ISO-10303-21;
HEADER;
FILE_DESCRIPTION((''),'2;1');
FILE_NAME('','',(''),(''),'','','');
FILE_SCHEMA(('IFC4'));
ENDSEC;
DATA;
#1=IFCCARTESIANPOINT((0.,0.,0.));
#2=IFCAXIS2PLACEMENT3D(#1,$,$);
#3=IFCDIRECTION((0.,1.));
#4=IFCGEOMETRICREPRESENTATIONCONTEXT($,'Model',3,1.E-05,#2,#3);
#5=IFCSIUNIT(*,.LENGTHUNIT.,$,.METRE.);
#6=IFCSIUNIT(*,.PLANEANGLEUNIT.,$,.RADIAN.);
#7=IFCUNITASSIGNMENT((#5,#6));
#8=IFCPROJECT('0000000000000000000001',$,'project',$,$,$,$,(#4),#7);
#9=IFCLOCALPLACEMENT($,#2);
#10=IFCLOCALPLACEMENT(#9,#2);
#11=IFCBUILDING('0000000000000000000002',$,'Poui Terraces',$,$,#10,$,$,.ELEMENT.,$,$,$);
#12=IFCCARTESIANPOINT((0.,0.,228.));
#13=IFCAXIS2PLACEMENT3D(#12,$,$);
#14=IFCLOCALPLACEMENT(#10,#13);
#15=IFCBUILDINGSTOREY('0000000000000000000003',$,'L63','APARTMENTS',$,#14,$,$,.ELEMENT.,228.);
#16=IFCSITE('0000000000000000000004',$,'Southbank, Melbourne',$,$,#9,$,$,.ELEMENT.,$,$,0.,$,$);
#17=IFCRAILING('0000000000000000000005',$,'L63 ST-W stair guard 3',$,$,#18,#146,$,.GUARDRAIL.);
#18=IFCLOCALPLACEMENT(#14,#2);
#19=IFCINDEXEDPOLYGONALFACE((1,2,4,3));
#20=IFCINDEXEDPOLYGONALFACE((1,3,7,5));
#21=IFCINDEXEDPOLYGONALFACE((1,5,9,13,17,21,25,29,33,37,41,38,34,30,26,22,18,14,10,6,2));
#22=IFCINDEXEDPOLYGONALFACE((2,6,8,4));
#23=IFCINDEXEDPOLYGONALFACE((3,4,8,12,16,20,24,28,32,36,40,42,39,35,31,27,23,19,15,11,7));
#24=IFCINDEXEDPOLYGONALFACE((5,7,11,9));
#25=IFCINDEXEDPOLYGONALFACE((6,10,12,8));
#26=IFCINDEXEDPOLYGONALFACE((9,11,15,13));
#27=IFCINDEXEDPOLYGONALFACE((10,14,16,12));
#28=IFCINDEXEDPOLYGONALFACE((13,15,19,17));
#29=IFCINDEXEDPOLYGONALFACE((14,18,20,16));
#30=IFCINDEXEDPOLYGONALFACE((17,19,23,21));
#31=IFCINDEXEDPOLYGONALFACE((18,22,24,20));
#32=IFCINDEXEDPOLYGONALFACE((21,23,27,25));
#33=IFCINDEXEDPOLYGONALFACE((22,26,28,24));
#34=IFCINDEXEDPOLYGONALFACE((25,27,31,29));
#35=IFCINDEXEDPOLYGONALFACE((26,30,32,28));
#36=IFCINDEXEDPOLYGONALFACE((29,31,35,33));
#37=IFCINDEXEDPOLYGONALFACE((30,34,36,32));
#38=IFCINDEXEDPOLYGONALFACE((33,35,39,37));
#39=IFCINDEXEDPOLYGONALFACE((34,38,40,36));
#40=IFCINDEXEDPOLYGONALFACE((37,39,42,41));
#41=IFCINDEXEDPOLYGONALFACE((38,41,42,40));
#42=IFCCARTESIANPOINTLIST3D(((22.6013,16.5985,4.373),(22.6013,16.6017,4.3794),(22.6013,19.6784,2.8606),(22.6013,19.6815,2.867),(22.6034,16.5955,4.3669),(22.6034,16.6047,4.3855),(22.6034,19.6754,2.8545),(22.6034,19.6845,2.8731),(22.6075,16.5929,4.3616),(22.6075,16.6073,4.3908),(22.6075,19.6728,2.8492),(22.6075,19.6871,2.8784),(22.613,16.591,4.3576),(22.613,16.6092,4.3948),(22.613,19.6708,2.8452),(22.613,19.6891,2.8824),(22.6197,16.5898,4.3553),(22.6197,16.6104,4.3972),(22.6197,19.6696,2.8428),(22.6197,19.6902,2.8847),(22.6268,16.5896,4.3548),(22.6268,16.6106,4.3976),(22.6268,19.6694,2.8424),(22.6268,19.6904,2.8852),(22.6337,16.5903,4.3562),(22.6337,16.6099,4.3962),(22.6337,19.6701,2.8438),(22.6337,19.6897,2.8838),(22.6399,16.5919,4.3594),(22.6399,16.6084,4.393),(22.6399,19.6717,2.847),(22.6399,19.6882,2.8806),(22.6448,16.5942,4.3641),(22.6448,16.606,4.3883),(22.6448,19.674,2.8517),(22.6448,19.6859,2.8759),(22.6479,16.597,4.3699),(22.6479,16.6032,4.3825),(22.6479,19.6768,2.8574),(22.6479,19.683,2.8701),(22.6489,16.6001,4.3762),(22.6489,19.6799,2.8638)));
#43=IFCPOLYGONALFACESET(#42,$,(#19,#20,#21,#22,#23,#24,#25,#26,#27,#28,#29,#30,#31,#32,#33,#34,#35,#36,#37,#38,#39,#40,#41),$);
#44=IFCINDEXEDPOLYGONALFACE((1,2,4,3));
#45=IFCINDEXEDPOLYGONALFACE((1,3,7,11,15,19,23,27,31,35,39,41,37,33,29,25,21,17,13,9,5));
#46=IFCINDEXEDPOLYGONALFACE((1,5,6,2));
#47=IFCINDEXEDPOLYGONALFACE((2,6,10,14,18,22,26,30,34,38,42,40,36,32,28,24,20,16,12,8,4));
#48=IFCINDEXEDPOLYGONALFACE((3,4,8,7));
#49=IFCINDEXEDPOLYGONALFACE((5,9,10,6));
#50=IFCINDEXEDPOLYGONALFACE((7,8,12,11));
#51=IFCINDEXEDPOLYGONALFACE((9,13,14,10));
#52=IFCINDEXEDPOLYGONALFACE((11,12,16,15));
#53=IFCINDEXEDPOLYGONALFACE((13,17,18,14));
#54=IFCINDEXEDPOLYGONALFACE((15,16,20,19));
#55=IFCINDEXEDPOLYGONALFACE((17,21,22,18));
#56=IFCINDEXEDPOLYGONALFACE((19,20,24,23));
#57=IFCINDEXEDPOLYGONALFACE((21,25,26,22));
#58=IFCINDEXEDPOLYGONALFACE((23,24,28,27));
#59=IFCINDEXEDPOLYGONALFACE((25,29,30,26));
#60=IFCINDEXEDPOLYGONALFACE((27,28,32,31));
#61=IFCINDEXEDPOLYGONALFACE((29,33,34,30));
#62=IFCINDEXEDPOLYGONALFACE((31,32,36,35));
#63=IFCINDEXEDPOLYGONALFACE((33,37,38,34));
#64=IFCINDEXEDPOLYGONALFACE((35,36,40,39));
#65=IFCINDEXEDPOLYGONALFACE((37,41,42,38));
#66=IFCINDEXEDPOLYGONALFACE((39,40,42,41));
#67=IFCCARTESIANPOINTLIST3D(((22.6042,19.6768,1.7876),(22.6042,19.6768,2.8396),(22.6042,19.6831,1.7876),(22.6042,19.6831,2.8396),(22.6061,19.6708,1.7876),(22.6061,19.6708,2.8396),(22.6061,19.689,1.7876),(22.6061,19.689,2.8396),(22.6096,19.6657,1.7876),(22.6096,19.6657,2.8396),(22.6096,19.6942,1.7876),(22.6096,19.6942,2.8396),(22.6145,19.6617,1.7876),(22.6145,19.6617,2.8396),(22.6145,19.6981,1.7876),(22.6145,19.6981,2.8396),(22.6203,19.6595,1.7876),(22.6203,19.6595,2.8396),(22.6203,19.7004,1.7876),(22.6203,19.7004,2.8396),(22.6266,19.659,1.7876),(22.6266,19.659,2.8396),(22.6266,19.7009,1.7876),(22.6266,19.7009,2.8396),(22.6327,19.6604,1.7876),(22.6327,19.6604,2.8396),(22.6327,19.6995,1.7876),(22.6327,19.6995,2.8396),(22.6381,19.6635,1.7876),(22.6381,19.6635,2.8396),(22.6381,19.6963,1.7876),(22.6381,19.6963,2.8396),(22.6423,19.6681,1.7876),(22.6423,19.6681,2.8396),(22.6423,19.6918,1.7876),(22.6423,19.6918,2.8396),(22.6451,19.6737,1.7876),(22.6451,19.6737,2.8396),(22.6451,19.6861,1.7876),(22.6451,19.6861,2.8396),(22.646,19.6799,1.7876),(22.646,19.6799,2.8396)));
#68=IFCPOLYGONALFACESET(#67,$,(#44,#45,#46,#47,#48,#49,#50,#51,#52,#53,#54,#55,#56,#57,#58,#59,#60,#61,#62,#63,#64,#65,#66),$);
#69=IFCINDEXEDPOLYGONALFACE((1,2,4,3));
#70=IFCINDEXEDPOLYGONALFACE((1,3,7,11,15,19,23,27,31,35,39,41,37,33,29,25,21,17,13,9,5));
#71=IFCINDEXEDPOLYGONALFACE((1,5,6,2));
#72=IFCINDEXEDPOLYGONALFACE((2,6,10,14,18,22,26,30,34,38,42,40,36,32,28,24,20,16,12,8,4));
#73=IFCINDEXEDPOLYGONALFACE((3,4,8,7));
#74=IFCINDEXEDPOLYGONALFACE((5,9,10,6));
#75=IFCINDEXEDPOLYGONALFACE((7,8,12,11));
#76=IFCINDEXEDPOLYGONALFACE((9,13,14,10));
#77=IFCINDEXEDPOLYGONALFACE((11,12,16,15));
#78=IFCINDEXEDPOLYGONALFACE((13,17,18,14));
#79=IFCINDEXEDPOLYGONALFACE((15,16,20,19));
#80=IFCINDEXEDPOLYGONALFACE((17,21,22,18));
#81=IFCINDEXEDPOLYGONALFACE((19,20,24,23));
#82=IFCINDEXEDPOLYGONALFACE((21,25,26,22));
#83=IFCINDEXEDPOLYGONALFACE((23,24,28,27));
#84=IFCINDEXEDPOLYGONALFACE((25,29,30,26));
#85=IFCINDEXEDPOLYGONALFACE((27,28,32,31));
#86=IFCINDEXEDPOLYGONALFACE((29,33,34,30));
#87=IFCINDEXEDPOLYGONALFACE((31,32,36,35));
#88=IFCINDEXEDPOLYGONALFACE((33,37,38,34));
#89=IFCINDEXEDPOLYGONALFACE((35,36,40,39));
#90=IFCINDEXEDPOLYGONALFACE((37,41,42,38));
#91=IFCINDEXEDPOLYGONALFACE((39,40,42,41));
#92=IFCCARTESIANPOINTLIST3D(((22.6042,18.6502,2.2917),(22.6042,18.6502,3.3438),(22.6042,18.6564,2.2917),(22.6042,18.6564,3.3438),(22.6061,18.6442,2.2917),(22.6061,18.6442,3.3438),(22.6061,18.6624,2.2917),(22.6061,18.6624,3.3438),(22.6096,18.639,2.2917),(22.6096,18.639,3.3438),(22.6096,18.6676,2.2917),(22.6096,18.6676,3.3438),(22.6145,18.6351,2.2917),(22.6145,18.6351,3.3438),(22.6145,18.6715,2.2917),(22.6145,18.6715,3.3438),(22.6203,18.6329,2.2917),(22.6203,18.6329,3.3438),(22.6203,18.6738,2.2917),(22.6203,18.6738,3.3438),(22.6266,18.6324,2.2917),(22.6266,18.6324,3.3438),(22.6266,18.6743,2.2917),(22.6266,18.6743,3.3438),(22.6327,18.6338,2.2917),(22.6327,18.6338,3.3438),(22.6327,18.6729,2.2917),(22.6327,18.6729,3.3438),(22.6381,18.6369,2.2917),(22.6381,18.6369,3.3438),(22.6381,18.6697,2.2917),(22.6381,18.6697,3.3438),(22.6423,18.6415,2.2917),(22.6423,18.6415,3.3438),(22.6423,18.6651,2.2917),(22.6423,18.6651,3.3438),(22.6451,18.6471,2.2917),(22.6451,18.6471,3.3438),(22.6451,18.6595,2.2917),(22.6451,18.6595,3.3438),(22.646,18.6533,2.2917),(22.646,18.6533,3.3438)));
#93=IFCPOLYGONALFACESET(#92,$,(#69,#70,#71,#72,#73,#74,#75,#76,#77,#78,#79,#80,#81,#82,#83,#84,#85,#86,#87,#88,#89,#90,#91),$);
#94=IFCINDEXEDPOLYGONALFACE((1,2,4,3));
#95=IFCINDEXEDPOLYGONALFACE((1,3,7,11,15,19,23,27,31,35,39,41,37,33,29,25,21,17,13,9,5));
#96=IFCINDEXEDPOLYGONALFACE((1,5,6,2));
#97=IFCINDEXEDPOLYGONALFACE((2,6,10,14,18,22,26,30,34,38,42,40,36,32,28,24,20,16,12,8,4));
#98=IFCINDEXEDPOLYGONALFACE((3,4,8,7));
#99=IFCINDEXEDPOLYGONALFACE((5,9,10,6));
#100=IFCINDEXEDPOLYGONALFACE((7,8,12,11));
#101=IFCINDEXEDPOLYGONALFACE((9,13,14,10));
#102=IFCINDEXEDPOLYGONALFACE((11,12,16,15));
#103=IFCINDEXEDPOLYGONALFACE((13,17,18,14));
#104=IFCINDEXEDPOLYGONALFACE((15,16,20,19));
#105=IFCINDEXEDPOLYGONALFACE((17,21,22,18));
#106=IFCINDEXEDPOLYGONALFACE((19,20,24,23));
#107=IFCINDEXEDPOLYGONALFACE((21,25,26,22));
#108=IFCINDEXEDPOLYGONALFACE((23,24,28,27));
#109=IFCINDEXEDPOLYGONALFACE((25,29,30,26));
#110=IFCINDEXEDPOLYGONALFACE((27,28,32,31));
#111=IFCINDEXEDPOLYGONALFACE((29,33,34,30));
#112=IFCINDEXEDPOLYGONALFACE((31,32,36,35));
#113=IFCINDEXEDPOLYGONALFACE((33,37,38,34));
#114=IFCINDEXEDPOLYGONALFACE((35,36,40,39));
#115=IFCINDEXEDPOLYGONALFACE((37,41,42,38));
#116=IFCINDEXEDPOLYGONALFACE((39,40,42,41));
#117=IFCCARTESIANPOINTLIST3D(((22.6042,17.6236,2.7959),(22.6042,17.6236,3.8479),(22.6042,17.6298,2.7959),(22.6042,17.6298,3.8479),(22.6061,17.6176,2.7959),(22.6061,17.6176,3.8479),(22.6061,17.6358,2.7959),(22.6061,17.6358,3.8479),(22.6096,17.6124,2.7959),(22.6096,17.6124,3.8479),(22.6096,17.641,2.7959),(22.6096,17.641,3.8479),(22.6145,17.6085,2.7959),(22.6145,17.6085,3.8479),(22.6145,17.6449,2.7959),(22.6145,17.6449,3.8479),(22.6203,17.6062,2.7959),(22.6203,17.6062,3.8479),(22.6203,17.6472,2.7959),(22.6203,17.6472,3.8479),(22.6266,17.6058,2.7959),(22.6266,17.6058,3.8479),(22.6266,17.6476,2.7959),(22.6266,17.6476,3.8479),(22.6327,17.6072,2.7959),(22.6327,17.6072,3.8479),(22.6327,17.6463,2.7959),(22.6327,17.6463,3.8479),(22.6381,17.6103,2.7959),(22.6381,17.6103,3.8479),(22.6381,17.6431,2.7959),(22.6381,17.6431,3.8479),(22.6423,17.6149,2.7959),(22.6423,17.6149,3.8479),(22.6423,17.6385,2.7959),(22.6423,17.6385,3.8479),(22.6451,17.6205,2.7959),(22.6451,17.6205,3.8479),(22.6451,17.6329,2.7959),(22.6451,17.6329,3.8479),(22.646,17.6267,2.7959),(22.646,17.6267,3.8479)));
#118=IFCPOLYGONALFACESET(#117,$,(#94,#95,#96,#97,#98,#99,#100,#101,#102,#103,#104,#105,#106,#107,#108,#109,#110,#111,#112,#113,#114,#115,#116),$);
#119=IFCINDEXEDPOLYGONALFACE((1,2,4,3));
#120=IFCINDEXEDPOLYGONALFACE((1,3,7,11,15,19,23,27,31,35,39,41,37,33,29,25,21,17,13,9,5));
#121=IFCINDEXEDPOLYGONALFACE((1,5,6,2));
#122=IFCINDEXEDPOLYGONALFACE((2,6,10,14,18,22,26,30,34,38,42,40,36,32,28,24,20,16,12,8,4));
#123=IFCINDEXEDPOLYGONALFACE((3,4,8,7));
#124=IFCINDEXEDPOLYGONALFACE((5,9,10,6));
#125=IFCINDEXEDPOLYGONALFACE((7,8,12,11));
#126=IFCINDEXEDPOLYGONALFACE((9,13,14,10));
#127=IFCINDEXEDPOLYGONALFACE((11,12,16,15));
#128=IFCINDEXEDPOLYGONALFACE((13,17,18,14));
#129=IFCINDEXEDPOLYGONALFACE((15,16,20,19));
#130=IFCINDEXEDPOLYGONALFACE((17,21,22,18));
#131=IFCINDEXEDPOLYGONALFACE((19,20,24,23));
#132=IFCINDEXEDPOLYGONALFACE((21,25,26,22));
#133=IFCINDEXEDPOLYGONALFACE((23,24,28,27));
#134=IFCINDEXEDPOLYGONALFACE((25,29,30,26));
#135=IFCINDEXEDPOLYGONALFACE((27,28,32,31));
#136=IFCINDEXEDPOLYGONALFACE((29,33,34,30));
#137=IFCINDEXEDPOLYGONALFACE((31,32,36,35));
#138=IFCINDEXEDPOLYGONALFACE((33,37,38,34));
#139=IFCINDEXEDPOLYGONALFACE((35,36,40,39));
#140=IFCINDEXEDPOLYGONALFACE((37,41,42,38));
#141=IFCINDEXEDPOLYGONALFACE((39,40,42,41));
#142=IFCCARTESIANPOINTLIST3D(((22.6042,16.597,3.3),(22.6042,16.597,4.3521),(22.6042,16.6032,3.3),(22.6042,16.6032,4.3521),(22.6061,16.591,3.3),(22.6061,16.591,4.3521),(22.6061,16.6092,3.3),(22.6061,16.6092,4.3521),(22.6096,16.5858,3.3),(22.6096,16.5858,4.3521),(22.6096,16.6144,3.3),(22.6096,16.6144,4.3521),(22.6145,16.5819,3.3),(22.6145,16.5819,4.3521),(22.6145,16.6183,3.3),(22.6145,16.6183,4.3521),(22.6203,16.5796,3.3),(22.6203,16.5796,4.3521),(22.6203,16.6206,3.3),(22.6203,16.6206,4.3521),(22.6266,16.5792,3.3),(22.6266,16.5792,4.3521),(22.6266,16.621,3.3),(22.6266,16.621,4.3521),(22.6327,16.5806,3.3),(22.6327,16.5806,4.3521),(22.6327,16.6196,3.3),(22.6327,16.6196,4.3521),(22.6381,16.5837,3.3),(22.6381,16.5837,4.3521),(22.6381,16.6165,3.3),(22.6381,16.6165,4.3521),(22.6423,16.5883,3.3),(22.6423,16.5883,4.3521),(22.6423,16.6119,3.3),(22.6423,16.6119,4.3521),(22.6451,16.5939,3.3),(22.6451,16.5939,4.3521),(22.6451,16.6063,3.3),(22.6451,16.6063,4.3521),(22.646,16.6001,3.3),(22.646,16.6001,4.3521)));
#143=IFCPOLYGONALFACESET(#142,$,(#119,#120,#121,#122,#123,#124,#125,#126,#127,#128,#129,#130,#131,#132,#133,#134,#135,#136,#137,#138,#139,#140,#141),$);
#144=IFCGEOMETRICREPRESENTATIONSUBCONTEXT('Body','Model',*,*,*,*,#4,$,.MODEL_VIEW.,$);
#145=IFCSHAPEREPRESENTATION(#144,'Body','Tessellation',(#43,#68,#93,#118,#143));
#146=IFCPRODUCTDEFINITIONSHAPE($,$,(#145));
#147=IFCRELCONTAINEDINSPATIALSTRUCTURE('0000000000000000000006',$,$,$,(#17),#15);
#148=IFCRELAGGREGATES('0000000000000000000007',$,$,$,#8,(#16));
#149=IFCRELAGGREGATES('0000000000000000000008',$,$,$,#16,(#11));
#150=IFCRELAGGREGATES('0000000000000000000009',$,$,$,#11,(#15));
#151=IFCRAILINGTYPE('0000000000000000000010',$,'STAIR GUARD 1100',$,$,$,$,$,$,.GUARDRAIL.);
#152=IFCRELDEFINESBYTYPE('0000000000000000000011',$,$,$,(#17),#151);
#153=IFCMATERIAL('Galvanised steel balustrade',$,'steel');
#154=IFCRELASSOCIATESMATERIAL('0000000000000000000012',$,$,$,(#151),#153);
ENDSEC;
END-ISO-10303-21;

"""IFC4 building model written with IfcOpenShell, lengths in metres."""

from ifc_helpers import new_model, si_unit, direction, frame, origin, origin_2d, place, context, subcontext, project, spatial, circle, extrude, material, type_object, element, save


model = new_model("IFC4")

# Units and contexts
model_context = context("Model", 3, precision=1e-05, world=origin(), true_north=direction((0.0, 1.0)))
body_context = subcontext(model_context, "Body", "Model", "MODEL_VIEW")
ifc_project = project(units=[si_unit("LENGTHUNIT", "METRE"), si_unit("PLANEANGLEUNIT", "RADIAN")], contexts=[model_context])

# Site, building, storey
site_placement = place(None, origin())
site = spatial("IfcSite", under=ifc_project, at=site_placement, Name="Southbank, Melbourne", CompositionType="ELEMENT", RefElevation=0.0)
building_placement = place(site_placement, origin())
building = spatial("IfcBuilding", under=site, at=building_placement, Name="Poui Terraces", CompositionType="ELEMENT")
storey_placement = place(building_placement, frame((0.0, 0.0, 228.0)))
storey = spatial("IfcBuildingStorey", under=building, at=storey_placement, Name="L63", Description="APARTMENTS", CompositionType="ELEMENT", Elevation=228.0)

# Railing
ifc_material_1 = material(Name="Galvanised steel balustrade", Category="steel")
railing_type_1 = type_object("IfcRailingType", Name="STAIR GUARD 1100", PredefinedType="GUARDRAIL", material=ifc_material_1)
railing_1_placement = place(storey_placement, frame((22.625, 19.6799, 1.7876)))
element("IfcRailing", 1, at=railing_1_placement, inside=storey, type_object=railing_type_1, Name="L63 ST-W stair guard 3", PredefinedType="GUARDRAIL", context=body_context, shape_type="SweptSolid", body=[
    extrude(circle(Radius=0.0239, at=origin_2d()), frame((0.0, 0.0, 1.0762), z_axis=(0.0, -0.897606, 0.440798), x_axis=(1.0, 0.0, 0.0)), (0.0, 0.0, 1.0), 3.4312),
    extrude(circle(Radius=0.021, at=origin_2d()), origin(), (0.0, 0.0, 1.0), 1.052),
    extrude(circle(Radius=0.021, at=origin_2d()), frame((0.0, -1.0266, 0.5042)), (0.0, 0.0, 1.0), 1.052),
    extrude(circle(Radius=0.021, at=origin_2d()), frame((0.0, -2.0532, 1.0083)), (0.0, 0.0, 1.0), 1.052),
    extrude(circle(Radius=0.021, at=origin_2d()), frame((0.0, -3.0798, 1.5125)), (0.0, 0.0, 1.0), 1.052),
])

save(model, "model.ifc")
